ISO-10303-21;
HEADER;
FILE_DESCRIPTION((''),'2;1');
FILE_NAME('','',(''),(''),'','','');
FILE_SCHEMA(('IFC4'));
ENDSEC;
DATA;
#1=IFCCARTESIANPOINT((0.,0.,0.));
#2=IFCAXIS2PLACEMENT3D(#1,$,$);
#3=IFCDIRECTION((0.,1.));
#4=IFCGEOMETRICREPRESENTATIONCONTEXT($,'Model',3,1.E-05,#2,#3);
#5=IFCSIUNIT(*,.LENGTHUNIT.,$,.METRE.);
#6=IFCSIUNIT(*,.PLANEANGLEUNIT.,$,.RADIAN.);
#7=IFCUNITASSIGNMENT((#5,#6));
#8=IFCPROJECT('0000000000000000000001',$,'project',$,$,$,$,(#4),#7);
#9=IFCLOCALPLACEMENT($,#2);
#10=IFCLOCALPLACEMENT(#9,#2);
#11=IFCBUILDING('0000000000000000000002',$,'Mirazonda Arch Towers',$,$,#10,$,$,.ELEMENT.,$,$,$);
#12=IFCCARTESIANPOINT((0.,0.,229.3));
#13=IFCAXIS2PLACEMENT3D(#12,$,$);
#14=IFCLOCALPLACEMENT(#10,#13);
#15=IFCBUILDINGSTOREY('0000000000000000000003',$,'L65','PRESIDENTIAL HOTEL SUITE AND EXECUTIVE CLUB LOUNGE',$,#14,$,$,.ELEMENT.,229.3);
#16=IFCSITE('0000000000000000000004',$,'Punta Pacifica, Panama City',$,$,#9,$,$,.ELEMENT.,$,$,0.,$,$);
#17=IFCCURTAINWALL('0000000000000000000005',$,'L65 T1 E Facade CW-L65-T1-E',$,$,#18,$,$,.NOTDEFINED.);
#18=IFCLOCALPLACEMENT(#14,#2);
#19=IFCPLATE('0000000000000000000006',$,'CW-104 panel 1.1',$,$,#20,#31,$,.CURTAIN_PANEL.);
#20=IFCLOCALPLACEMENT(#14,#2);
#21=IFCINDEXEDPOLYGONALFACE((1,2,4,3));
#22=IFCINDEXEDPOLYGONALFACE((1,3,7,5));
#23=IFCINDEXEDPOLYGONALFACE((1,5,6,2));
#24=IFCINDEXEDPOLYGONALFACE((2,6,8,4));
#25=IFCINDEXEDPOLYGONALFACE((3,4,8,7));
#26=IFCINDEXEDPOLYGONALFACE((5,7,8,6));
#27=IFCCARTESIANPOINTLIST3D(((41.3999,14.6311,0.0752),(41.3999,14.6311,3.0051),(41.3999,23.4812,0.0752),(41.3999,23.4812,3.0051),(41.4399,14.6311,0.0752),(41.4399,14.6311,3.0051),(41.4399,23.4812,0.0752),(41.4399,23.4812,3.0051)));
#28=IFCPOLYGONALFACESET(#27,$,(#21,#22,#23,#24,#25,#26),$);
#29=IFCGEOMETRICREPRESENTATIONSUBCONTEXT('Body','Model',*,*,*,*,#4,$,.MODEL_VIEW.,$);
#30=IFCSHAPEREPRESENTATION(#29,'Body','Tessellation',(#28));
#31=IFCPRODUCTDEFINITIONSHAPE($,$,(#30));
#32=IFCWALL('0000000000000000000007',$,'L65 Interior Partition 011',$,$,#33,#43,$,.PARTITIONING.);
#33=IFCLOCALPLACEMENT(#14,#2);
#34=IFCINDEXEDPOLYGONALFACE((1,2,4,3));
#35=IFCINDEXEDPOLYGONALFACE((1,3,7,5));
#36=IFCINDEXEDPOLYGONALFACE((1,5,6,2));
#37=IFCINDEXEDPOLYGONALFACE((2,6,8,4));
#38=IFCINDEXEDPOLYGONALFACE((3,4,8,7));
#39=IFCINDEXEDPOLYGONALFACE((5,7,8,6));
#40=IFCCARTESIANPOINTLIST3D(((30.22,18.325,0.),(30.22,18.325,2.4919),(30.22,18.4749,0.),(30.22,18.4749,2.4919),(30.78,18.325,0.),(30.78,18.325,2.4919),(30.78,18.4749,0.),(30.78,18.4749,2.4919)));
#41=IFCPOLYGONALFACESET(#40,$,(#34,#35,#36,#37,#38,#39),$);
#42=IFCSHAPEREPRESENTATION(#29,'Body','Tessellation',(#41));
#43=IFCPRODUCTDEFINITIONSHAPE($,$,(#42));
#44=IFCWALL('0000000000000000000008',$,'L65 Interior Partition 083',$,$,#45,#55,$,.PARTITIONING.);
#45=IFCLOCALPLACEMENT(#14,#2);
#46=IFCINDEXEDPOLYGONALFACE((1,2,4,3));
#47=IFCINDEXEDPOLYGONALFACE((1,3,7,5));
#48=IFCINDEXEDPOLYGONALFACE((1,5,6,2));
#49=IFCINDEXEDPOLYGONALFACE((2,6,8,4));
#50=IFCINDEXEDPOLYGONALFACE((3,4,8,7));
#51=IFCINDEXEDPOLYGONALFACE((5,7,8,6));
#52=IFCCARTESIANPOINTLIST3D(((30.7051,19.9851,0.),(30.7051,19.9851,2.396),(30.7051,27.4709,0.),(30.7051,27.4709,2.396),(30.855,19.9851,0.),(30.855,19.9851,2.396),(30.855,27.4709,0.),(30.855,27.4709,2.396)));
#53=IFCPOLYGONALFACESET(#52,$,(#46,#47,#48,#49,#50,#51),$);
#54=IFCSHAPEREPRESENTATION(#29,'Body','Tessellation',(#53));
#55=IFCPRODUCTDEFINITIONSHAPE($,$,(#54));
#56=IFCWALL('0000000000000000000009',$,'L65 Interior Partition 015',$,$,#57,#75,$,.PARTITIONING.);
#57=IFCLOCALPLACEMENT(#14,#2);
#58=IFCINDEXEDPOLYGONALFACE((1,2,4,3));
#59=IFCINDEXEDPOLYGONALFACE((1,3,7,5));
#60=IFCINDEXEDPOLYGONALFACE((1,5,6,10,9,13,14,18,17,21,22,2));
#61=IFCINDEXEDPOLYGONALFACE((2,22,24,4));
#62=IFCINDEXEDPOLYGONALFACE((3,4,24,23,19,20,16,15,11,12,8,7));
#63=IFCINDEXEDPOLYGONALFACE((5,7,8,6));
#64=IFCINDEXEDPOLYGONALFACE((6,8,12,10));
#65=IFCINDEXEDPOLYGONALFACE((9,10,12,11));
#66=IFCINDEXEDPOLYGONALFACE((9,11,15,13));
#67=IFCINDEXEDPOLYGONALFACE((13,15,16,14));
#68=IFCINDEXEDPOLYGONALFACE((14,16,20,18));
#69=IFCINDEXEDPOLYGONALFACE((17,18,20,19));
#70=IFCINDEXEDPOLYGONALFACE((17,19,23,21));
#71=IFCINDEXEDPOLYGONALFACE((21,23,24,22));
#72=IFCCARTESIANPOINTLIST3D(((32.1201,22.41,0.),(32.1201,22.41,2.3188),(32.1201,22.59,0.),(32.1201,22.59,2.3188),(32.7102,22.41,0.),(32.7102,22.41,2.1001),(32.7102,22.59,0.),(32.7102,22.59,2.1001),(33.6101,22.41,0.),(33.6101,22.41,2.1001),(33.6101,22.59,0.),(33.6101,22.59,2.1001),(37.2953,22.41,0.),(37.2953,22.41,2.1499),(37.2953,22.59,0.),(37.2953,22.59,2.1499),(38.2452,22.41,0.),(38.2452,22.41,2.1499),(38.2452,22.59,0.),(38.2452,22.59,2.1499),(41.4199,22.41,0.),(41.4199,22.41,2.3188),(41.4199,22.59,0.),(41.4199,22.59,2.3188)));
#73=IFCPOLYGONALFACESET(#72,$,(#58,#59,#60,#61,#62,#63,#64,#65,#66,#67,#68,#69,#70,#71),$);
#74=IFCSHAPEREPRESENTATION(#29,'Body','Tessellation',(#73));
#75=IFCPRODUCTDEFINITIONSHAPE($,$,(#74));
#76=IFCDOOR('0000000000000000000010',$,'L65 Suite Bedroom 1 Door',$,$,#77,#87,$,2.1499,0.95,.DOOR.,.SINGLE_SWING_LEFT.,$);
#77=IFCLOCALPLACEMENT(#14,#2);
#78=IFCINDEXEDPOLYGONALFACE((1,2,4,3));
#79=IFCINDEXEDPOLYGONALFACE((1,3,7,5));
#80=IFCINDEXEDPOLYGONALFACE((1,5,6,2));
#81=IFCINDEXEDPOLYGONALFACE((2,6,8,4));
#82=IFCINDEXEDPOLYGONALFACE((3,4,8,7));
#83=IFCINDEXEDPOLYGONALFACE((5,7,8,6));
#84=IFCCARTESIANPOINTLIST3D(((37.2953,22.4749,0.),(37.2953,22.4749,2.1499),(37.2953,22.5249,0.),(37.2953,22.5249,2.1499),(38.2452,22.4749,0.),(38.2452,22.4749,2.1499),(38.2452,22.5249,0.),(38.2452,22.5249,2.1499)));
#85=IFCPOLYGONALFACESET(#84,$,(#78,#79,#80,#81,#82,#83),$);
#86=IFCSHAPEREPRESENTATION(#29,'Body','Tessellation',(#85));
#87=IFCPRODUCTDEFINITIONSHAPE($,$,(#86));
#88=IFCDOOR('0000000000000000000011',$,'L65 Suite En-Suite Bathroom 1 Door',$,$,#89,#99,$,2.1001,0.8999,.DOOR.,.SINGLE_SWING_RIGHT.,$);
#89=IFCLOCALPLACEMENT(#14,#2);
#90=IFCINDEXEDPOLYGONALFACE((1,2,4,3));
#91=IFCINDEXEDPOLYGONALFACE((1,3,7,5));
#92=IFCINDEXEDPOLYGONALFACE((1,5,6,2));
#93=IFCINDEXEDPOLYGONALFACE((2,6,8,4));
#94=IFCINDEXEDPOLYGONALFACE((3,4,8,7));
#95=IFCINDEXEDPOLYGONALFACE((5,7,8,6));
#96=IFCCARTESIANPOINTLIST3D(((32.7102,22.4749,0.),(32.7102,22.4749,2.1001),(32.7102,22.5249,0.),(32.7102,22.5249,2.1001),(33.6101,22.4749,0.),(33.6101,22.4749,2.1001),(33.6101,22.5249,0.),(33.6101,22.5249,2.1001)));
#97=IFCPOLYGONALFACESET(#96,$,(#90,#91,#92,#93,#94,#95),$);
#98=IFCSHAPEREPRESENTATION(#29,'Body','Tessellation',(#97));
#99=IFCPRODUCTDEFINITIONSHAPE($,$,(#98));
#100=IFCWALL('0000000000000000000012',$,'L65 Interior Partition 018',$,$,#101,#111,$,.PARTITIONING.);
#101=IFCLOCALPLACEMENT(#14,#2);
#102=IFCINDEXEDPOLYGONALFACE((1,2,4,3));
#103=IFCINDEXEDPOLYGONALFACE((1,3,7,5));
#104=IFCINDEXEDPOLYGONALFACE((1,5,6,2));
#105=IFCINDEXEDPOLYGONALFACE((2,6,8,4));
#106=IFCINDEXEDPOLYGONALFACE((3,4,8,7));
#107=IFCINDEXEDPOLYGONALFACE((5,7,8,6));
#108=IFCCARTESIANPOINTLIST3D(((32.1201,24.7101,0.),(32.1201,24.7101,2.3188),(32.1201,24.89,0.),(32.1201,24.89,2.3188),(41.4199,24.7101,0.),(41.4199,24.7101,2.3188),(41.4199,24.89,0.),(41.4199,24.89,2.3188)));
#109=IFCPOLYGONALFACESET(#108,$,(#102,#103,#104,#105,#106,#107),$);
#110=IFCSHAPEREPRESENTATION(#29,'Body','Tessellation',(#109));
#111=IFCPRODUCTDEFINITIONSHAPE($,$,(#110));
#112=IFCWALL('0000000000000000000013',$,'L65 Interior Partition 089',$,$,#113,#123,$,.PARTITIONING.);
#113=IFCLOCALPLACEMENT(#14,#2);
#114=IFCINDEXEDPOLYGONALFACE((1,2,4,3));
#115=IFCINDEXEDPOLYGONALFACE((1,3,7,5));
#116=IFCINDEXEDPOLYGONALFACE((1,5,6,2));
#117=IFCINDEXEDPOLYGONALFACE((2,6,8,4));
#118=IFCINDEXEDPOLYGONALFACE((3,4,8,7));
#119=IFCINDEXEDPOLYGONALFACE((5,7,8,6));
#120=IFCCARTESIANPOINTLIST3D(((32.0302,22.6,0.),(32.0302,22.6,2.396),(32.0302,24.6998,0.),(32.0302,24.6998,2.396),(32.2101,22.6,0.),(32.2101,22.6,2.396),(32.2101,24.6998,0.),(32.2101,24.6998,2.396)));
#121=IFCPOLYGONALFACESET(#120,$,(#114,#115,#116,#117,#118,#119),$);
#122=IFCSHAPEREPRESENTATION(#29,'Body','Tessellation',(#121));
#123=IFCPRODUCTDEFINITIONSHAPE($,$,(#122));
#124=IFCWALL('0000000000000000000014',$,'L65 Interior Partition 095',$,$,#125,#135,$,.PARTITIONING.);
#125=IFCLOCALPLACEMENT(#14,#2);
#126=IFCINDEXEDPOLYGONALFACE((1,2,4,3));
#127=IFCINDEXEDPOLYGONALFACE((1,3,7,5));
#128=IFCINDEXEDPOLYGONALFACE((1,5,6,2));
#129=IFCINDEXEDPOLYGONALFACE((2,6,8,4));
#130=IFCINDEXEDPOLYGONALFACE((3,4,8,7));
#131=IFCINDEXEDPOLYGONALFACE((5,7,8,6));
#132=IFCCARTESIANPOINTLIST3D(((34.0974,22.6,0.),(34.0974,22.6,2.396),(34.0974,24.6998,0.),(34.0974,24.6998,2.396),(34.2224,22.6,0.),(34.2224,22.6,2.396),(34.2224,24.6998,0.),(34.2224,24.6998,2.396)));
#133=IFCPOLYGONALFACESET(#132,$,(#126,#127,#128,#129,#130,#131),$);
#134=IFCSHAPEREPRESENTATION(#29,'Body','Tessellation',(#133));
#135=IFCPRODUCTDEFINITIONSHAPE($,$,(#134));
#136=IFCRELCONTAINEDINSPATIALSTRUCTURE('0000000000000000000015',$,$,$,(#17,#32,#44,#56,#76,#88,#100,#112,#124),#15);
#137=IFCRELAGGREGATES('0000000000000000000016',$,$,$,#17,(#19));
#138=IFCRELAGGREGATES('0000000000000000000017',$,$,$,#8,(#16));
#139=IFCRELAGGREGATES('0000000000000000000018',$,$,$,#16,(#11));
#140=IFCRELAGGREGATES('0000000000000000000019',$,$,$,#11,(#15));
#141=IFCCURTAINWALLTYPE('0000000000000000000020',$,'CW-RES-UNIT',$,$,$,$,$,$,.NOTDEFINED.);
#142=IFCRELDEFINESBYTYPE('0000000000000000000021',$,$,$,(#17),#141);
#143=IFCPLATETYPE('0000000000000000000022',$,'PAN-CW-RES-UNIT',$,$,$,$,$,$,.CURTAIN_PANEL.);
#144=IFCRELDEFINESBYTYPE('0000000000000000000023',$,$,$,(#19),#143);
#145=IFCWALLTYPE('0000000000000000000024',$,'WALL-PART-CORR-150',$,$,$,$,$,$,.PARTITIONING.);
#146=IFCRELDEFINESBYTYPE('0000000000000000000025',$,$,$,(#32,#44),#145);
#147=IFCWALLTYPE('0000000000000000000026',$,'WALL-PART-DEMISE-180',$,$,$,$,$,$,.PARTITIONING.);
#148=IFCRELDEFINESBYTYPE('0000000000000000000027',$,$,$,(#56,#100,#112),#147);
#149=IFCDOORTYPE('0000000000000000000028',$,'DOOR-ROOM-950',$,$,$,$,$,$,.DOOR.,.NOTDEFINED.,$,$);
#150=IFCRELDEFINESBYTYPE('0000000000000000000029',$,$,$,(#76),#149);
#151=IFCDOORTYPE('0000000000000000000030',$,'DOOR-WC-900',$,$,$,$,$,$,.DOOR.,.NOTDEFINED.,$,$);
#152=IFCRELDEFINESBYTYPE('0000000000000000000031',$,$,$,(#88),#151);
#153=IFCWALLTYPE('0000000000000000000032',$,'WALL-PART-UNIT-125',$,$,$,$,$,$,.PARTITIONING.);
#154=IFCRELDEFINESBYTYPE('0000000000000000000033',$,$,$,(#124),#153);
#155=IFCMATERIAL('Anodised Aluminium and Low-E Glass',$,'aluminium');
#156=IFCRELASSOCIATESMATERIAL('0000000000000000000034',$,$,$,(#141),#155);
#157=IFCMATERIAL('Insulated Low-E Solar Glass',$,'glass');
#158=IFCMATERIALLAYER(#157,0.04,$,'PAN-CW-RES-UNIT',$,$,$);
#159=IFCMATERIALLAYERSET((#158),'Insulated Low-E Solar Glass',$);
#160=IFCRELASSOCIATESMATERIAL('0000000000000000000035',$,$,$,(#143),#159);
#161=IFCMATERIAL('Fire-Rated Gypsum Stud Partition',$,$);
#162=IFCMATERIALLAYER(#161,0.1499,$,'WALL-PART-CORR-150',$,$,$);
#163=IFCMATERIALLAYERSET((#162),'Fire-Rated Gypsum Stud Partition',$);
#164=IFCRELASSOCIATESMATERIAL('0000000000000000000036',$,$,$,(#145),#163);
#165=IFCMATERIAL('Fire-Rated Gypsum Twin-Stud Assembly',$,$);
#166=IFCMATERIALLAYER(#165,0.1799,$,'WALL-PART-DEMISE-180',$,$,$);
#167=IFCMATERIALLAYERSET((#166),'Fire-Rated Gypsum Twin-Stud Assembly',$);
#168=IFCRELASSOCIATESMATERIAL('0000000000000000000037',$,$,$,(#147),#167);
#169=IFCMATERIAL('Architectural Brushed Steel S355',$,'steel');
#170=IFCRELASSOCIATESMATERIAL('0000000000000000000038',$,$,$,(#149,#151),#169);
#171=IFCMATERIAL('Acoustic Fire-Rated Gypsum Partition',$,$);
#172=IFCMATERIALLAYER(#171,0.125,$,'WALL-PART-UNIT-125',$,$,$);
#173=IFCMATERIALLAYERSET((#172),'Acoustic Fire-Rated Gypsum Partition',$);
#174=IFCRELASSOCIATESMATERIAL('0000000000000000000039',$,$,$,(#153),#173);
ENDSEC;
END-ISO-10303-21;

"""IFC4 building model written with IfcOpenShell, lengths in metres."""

from ifc_helpers import new_model, si_unit, direction, frame, frame_2d, origin, origin_2d, place, context, subcontext, project, spatial, rectangle, extrude, material, layer, layer_set, type_object, element, fill, aggregate, save


model = new_model("IFC4")

# Units and contexts
model_context = context("Model", 3, precision=1e-05, world=origin(), true_north=direction((0.0, 1.0)))
body_context = subcontext(model_context, "Body", "Model", "MODEL_VIEW")
ifc_project = project(units=[si_unit("LENGTHUNIT", "METRE"), si_unit("PLANEANGLEUNIT", "RADIAN")], contexts=[model_context])

# Site, building, storey
site_placement = place(None, origin())
site = spatial("IfcSite", under=ifc_project, at=site_placement, Name="Punta Pacifica, Panama City", CompositionType="ELEMENT", RefElevation=0.0)
building_placement = place(site_placement, origin())
building = spatial("IfcBuilding", under=site, at=building_placement, Name="Mirazonda Arch Towers", CompositionType="ELEMENT")
storey_placement = place(building_placement, frame((0.0, 0.0, 229.3)))
storey = spatial("IfcBuildingStorey", under=building, at=storey_placement, Name="L65", Description="PRESIDENTIAL HOTEL SUITE AND EXECUTIVE CLUB LOUNGE", CompositionType="ELEMENT", Elevation=229.3)

# Curtain wall, plate
ifc_material_1 = material(Name="Anodised Aluminium and Low-E Glass", Category="aluminium")
curtain_wall_type = type_object("IfcCurtainWallType", Name="CW-RES-UNIT", PredefinedType="NOTDEFINED", material=ifc_material_1)
curtain_wall_placement = place(storey_placement, origin())
curtain_wall = element("IfcCurtainWall", 1, at=curtain_wall_placement, inside=storey, type_object=curtain_wall_type, Name="L65 T1 E Facade CW-L65-T1-E", PredefinedType="NOTDEFINED")
ifc_material_2 = material(Name="Insulated Low-E Solar Glass", Category="glass")
ifc_layer_1 = layer(ifc_material_2, 0.04, Name="PAN-CW-RES-UNIT")
ifc_layer_set_1 = layer_set([ifc_layer_1], Name="Insulated Low-E Solar Glass")
plate_type = type_object("IfcPlateType", Name="PAN-CW-RES-UNIT", PredefinedType="CURTAIN_PANEL", material=ifc_layer_set_1)
plate_placement = place(storey_placement, frame((41.4199, 19.0562, 0.0752), z_axis=(0.0, 0.0, 1.0), x_axis=(0.0, 1.0, 0.0)))
plate = element("IfcPlate", 2, at=plate_placement, type_object=plate_type, Name="CW-104 panel 1.1", PredefinedType="CURTAIN_PANEL", context=body_context, shape_type="SweptSolid", body=[
    extrude(rectangle(XDim=8.8501, YDim=0.04, at=origin_2d()), origin(), (0.0, 0.0, 1.0), 2.9299),
])
aggregate(curtain_wall, [plate])

# Walls
ifc_material_3 = material(Name="Fire-Rated Gypsum Stud Partition")
ifc_layer_2 = layer(ifc_material_3, 0.1499, Name="WALL-PART-CORR-150")
ifc_layer_set_2 = layer_set([ifc_layer_2], Name="Fire-Rated Gypsum Stud Partition")
wall_type_1 = type_object("IfcWallType", Name="WALL-PART-CORR-150", PredefinedType="PARTITIONING", material=ifc_layer_set_2)
wall_1_placement = place(storey_placement, frame((30.22, 18.3999, 0.0), z_axis=(0.0, 0.0, 1.0), x_axis=(1.0, 0.0, 0.0)))
element("IfcWall", 3, at=wall_1_placement, inside=storey, type_object=wall_type_1, Name="L65 Interior Partition 011", PredefinedType="PARTITIONING", context=body_context, shape_type="SweptSolid", body=[
    extrude(rectangle(XDim=0.5601, YDim=0.1499, at=frame_2d((0.28, 0.0))), origin(), (0.0, 0.0, 1.0), 2.4919),
])
wall_2_placement = place(storey_placement, frame((30.78, 19.9851, 0.0), z_axis=(0.0, 0.0, 1.0), x_axis=(0.0, 1.0, 0.0)))
element("IfcWall", 4, at=wall_2_placement, inside=storey, type_object=wall_type_1, Name="L65 Interior Partition 083", PredefinedType="PARTITIONING", context=body_context, shape_type="SweptSolid", body=[
    extrude(rectangle(XDim=7.4858, YDim=0.1499, at=frame_2d((3.7429, 0.0))), origin(), (0.0, 0.0, 1.0), 2.396),
])

# Wall, openings, doors
ifc_material_4 = material(Name="Fire-Rated Gypsum Twin-Stud Assembly")
ifc_layer_3 = layer(ifc_material_4, 0.1799, Name="WALL-PART-DEMISE-180")
ifc_layer_set_3 = layer_set([ifc_layer_3], Name="Fire-Rated Gypsum Twin-Stud Assembly")
wall_type_2 = type_object("IfcWallType", Name="WALL-PART-DEMISE-180", PredefinedType="PARTITIONING", material=ifc_layer_set_3)
wall_3_placement = place(storey_placement, frame((32.1201, 22.5, 0.0), z_axis=(0.0, 0.0, 1.0), x_axis=(1.0, 0.0, 0.0)))
wall_3 = element("IfcWall", 5, at=wall_3_placement, inside=storey, type_object=wall_type_2, Name="L65 Interior Partition 015", PredefinedType="PARTITIONING", context=body_context, shape_type="SweptSolid", body=[
    extrude(rectangle(XDim=9.2998, YDim=0.1799, at=frame_2d((4.6499, 0.0))), origin(), (0.0, 0.0, 1.0), 2.3188),
])
opening_1_placement = place(wall_3_placement, frame((5.175, 0.0, 0.0)))
opening_1 = element("IfcOpeningElement", 6, at=opening_1_placement, cuts=wall_3, PredefinedType="OPENING", context=body_context, shape_type="SweptSolid", body=[
    extrude(rectangle(XDim=0.95, YDim=2.1499, at=frame_2d((0.4751, 1.075))), frame((0.0, 0.0999, 0.0), z_axis=(0.0, -1.0, 0.0), x_axis=(1.0, 0.0, 0.0)), (0.0, 0.0, 1.0), 0.2),
])
opening_2_placement = place(wall_3_placement, frame((0.5901, 0.0, 0.0)))
opening_2 = element("IfcOpeningElement", 7, at=opening_2_placement, cuts=wall_3, PredefinedType="OPENING", context=body_context, shape_type="SweptSolid", body=[
    extrude(rectangle(XDim=0.8999, YDim=2.1001, at=frame_2d((0.45, 1.05))), frame((0.0, 0.0999, 0.0), z_axis=(0.0, -1.0, 0.0), x_axis=(1.0, 0.0, 0.0)), (0.0, 0.0, 1.0), 0.2),
])
ifc_material_5 = material(Name="Architectural Brushed Steel S355", Category="steel")
door_type_1 = type_object("IfcDoorType", Name="DOOR-ROOM-950", OperationType="NOTDEFINED", PredefinedType="DOOR", material=ifc_material_5)
door_1_placement = place(opening_1_placement, origin())
door_1 = element("IfcDoor", 8, at=door_1_placement, inside=storey, type_object=door_type_1, Name="L65 Suite Bedroom 1 Door", OperationType="SINGLE_SWING_LEFT", OverallHeight=2.1499, OverallWidth=0.95, PredefinedType="DOOR", context=body_context, shape_type="SweptSolid", body=[
    extrude(rectangle(XDim=0.95, YDim=2.1499, at=frame_2d((0.4751, 1.075))), frame((0.0, 0.0249, 0.0), z_axis=(0.0, -1.0, 0.0), x_axis=(1.0, 0.0, 0.0)), (0.0, 0.0, 1.0), 0.05),
])
fill(opening_1, door_1)
door_type_2 = type_object("IfcDoorType", Name="DOOR-WC-900", OperationType="NOTDEFINED", PredefinedType="DOOR", material=ifc_material_5)
door_2_placement = place(opening_2_placement, origin())
door_2 = element("IfcDoor", 9, at=door_2_placement, inside=storey, type_object=door_type_2, Name="L65 Suite En-Suite Bathroom 1 Door", OperationType="SINGLE_SWING_RIGHT", OverallHeight=2.1001, OverallWidth=0.8999, PredefinedType="DOOR", context=body_context, shape_type="SweptSolid", body=[
    extrude(rectangle(XDim=0.8999, YDim=2.1001, at=frame_2d((0.45, 1.05))), frame((0.0, 0.0249, 0.0), z_axis=(0.0, -1.0, 0.0), x_axis=(1.0, 0.0, 0.0)), (0.0, 0.0, 1.0), 0.05),
])
fill(opening_2, door_2)

# Walls
wall_4_placement = place(storey_placement, frame((32.1201, 24.8, 0.0), z_axis=(0.0, 0.0, 1.0), x_axis=(1.0, 0.0, 0.0)))
element("IfcWall", 10, at=wall_4_placement, inside=storey, type_object=wall_type_2, Name="L65 Interior Partition 018", PredefinedType="PARTITIONING", context=body_context, shape_type="SweptSolid", body=[
    extrude(rectangle(XDim=9.2998, YDim=0.1799, at=frame_2d((4.6499, 0.0))), origin(), (0.0, 0.0, 1.0), 2.3188),
])
wall_5_placement = place(storey_placement, frame((32.1201, 22.6001, 0.0), z_axis=(0.0, 0.0, 1.0), x_axis=(0.0, 1.0, 0.0)))
element("IfcWall", 11, at=wall_5_placement, inside=storey, type_object=wall_type_2, Name="L65 Interior Partition 089", PredefinedType="PARTITIONING", context=body_context, shape_type="SweptSolid", body=[
    extrude(rectangle(XDim=2.0999, YDim=0.1799, at=frame_2d((1.0498, 0.0))), origin(), (0.0, 0.0, 1.0), 2.396),
])
ifc_material_6 = material(Name="Acoustic Fire-Rated Gypsum Partition")
ifc_layer_4 = layer(ifc_material_6, 0.125, Name="WALL-PART-UNIT-125")
ifc_layer_set_4 = layer_set([ifc_layer_4], Name="Acoustic Fire-Rated Gypsum Partition")
wall_type_3 = type_object("IfcWallType", Name="WALL-PART-UNIT-125", PredefinedType="PARTITIONING", material=ifc_layer_set_4)
wall_6_placement = place(storey_placement, frame((34.1599, 22.6001, 0.0), z_axis=(0.0, 0.0, 1.0), x_axis=(0.0, 1.0, 0.0)))
element("IfcWall", 12, at=wall_6_placement, inside=storey, type_object=wall_type_3, Name="L65 Interior Partition 095", PredefinedType="PARTITIONING", context=body_context, shape_type="SweptSolid", body=[
    extrude(rectangle(XDim=2.0999, YDim=0.125, at=frame_2d((1.0498, 0.0))), origin(), (0.0, 0.0, 1.0), 2.396),
])

save(model, "model.ifc")
